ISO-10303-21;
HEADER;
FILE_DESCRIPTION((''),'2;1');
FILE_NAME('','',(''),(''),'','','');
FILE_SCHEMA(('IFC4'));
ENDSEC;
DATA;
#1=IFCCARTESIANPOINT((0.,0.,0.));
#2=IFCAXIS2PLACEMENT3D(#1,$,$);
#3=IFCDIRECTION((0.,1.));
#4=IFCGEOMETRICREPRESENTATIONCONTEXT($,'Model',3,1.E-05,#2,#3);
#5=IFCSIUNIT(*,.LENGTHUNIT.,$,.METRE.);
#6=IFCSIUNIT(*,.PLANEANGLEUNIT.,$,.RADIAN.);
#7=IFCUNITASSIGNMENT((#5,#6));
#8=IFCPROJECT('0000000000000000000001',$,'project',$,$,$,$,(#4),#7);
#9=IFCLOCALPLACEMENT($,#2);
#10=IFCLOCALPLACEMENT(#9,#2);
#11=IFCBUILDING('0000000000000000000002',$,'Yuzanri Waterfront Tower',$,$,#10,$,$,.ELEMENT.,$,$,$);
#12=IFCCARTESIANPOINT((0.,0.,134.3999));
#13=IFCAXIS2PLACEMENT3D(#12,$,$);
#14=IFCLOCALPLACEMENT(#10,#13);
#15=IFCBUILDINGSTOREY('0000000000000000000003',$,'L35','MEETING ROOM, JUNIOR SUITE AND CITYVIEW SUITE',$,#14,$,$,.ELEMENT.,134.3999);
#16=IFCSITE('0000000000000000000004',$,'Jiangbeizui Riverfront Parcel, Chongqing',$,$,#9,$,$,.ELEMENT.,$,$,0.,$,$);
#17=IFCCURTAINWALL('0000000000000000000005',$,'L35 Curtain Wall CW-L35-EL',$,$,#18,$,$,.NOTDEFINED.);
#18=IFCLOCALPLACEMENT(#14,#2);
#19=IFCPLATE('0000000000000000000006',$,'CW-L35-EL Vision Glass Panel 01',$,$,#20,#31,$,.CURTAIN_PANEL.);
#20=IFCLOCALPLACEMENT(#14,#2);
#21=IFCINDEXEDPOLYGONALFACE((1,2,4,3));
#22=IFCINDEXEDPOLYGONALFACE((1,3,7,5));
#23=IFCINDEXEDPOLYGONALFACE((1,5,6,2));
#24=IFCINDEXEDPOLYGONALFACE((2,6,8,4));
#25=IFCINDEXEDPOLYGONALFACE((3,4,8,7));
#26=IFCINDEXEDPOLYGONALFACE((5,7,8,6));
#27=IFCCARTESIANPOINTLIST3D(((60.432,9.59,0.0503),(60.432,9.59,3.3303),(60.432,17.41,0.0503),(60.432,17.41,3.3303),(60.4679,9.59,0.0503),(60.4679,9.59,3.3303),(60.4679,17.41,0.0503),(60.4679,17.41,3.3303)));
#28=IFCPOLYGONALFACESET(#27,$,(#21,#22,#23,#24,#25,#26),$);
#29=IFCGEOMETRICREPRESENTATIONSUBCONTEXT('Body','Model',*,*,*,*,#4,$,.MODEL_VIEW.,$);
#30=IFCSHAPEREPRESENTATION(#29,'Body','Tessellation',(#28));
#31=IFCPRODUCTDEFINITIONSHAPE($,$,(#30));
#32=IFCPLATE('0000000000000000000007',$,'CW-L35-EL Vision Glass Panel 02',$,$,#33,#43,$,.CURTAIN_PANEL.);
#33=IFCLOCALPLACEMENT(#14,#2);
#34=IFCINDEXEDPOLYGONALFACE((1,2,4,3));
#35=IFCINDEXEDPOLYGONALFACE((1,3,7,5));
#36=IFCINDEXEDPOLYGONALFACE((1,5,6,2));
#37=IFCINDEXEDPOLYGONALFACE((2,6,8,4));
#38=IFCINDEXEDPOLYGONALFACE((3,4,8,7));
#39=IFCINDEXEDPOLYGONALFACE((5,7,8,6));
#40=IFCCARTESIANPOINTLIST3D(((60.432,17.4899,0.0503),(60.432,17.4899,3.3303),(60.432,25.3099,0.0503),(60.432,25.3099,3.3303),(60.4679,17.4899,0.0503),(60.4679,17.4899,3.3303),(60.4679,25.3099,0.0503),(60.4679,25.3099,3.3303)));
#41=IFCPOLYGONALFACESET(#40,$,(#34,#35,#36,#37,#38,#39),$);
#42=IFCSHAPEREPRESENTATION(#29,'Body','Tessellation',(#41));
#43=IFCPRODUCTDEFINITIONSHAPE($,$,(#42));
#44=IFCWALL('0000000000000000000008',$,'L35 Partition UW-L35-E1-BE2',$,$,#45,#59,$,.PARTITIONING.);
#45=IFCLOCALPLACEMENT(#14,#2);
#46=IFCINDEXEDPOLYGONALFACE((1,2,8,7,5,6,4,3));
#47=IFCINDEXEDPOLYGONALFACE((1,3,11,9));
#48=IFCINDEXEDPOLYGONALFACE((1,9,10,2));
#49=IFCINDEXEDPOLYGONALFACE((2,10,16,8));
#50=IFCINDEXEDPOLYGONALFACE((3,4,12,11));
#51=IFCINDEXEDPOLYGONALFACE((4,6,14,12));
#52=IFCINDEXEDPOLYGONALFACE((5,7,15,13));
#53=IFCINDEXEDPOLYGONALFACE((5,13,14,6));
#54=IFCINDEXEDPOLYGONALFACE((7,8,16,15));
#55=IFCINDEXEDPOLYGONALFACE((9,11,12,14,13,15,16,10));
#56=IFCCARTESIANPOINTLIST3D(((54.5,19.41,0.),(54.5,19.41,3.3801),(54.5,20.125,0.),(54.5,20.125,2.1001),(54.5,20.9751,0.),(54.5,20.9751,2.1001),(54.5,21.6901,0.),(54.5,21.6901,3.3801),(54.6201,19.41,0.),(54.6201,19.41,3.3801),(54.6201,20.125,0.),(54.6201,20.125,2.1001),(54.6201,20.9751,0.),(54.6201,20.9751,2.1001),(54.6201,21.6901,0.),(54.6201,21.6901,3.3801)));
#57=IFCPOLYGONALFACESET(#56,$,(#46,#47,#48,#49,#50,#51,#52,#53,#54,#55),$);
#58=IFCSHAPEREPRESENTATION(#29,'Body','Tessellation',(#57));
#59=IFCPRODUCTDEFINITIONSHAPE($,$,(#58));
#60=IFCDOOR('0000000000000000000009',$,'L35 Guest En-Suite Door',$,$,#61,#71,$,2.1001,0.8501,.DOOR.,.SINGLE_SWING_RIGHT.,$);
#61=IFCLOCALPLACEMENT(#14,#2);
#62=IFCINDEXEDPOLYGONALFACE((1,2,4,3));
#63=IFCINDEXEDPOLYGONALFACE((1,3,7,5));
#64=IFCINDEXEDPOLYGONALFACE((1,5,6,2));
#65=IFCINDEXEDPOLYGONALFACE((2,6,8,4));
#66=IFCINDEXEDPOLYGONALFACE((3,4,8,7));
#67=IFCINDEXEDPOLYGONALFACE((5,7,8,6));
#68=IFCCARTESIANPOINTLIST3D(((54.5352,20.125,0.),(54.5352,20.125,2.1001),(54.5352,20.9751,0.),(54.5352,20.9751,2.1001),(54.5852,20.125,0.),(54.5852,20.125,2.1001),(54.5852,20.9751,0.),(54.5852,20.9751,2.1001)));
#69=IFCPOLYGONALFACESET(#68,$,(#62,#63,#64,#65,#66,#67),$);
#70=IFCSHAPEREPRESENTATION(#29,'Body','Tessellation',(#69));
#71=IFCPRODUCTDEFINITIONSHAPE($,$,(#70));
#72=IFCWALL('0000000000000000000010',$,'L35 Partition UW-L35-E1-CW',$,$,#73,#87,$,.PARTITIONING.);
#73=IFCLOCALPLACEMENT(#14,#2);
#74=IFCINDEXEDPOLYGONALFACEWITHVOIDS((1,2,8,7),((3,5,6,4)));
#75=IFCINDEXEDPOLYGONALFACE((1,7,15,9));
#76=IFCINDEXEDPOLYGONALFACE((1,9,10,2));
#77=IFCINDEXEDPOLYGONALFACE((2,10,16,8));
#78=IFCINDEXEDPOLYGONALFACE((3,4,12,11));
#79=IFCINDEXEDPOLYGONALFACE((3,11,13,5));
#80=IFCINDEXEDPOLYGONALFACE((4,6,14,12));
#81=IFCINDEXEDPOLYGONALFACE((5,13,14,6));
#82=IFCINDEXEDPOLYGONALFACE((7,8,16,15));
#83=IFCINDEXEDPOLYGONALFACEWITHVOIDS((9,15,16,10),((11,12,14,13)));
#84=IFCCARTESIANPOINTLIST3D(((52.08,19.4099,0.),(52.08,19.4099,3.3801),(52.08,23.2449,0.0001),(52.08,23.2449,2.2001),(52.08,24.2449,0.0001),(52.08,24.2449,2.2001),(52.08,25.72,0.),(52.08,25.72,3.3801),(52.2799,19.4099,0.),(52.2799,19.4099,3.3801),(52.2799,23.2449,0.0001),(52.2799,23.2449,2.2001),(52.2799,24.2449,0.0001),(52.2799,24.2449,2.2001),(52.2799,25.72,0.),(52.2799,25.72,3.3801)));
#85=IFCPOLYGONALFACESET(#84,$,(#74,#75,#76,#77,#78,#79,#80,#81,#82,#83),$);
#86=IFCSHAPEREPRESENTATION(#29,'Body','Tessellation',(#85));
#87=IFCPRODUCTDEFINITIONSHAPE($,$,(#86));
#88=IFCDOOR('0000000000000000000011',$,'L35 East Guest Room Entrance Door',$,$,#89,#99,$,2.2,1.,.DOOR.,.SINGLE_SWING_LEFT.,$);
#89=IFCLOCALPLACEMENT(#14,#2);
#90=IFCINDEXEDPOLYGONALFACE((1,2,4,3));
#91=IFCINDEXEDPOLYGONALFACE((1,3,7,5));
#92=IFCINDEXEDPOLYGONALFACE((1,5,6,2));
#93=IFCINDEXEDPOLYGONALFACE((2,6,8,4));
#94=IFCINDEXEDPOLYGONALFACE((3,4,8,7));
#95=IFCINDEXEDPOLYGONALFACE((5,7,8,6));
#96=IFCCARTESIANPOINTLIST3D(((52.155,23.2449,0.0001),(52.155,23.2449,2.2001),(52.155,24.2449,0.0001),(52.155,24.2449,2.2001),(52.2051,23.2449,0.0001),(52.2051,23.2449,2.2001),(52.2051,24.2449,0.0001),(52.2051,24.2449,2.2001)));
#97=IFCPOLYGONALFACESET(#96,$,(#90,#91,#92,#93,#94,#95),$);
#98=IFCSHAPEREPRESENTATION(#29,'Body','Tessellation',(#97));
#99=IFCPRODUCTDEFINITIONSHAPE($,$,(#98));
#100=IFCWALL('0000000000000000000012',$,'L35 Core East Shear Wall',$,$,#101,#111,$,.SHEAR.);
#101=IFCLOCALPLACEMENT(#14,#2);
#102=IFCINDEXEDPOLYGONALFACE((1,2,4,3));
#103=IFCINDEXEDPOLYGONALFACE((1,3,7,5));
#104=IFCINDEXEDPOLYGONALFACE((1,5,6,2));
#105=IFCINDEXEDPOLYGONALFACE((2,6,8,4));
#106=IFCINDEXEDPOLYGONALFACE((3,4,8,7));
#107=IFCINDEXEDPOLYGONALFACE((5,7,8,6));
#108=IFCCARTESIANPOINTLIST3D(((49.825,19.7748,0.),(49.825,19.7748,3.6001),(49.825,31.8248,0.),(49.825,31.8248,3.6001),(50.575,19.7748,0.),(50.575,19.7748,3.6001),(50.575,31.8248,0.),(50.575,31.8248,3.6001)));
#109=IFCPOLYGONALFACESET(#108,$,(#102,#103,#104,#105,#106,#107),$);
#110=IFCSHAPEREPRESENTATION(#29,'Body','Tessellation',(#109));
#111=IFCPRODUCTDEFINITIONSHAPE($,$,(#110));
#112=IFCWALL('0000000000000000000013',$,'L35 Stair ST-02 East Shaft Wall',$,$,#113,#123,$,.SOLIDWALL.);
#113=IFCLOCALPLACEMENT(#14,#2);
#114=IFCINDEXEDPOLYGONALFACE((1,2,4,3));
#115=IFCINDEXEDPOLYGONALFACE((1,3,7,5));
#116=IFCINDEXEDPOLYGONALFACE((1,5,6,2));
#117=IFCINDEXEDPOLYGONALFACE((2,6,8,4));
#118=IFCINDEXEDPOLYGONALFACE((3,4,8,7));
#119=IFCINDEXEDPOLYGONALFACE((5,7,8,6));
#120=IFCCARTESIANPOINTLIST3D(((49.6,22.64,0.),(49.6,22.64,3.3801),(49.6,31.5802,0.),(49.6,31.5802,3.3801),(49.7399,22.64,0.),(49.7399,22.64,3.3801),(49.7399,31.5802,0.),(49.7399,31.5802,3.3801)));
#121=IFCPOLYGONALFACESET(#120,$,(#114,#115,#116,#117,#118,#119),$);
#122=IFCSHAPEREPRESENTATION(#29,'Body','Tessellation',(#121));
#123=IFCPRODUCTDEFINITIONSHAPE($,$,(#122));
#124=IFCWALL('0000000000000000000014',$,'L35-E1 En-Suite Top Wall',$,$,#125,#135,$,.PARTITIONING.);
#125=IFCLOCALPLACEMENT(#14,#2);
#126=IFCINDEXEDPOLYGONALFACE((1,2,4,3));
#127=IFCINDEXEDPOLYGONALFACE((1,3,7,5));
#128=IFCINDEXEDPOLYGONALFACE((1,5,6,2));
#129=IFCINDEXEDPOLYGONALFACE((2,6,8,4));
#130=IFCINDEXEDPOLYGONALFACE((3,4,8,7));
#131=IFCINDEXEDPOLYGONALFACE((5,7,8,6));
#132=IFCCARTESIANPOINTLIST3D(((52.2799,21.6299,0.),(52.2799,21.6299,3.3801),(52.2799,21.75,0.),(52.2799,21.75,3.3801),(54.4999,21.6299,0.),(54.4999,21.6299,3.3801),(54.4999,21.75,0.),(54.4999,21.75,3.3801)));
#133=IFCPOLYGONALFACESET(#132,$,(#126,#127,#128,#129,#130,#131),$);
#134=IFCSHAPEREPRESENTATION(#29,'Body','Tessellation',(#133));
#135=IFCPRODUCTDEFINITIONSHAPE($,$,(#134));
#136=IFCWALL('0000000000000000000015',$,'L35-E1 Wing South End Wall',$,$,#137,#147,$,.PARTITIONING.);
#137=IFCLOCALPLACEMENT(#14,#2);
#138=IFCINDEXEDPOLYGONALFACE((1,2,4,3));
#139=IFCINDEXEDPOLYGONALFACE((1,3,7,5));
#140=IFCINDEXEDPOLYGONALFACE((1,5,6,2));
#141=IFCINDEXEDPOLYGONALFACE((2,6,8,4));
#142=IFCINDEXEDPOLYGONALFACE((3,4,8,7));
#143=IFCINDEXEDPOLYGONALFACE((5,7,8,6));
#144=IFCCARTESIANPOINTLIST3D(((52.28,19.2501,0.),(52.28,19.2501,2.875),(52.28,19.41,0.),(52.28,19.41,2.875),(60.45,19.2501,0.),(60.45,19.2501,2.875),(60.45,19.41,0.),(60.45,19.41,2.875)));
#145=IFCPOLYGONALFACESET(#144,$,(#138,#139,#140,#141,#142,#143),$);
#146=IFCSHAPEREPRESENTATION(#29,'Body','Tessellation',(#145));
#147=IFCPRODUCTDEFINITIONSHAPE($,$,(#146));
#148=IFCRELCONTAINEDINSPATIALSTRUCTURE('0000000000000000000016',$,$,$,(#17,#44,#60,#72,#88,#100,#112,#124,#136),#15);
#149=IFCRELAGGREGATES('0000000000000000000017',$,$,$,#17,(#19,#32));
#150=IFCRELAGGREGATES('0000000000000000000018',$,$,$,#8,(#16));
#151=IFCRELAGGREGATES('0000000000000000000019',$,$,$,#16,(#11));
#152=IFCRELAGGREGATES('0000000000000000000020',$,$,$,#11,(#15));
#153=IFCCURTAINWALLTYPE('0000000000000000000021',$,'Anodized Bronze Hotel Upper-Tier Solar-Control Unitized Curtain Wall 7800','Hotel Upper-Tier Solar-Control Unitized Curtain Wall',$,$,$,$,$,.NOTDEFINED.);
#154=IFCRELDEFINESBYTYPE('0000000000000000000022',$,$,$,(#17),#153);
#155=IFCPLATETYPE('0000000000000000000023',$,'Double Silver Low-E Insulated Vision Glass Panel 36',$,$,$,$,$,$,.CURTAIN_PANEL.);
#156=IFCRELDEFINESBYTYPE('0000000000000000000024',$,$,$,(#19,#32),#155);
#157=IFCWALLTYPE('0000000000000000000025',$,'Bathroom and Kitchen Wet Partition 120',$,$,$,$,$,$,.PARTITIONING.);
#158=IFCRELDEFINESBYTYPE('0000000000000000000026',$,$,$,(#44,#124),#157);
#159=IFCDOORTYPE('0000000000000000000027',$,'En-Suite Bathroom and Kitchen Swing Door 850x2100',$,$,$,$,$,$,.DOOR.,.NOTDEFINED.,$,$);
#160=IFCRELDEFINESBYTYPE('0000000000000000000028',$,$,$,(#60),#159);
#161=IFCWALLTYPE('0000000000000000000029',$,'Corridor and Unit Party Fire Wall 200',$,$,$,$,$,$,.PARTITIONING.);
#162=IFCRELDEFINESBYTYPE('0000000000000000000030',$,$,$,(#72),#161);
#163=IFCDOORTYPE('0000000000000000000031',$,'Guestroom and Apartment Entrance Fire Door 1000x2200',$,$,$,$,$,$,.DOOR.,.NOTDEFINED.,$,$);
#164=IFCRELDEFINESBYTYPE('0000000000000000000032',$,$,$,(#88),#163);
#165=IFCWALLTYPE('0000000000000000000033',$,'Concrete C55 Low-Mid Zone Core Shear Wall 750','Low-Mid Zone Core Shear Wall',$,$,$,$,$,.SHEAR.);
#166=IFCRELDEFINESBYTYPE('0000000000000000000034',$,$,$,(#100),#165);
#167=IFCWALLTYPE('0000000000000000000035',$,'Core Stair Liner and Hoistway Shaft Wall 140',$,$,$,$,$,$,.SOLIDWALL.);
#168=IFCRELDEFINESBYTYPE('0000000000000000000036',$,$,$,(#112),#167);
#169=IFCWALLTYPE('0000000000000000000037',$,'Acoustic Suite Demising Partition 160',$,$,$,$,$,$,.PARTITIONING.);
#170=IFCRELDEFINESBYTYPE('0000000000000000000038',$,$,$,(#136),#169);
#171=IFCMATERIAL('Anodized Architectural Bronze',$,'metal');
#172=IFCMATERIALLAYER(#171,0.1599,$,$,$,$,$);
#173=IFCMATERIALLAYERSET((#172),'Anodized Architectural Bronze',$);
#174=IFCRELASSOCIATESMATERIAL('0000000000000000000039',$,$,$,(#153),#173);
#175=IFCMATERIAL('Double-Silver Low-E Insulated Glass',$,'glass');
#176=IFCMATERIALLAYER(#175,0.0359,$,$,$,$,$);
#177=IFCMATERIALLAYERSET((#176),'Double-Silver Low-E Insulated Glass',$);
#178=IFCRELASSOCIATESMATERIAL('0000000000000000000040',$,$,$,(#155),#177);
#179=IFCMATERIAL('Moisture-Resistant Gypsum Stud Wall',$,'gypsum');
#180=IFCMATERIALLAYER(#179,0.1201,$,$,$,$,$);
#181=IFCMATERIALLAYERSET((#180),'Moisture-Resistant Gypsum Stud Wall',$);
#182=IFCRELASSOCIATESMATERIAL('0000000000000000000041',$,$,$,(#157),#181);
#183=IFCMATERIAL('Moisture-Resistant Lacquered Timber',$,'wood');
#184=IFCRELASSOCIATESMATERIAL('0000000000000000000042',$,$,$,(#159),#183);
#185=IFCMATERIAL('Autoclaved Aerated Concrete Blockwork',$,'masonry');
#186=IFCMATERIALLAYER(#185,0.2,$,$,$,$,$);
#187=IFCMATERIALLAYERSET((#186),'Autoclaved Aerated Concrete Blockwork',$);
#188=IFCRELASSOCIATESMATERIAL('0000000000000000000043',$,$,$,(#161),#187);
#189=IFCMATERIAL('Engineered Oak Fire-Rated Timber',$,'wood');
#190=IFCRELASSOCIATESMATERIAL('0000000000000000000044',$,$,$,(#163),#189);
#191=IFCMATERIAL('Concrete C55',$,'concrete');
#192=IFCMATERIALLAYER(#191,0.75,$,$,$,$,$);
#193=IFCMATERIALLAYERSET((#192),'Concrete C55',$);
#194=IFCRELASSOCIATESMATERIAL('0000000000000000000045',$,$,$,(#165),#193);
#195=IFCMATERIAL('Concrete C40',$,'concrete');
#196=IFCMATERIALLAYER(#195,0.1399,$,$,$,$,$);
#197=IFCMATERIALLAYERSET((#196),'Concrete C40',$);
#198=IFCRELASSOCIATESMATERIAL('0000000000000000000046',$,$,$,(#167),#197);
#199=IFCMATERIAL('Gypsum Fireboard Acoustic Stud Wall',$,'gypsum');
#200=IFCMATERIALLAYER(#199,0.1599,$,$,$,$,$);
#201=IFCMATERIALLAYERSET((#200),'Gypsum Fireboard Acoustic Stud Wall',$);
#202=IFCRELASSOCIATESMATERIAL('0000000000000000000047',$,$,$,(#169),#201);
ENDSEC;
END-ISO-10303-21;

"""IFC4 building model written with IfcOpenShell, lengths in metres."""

from ifc_helpers import new_model, si_unit, direction, frame, frame_2d, origin, origin_2d, place, context, subcontext, project, spatial, rectangle, extrude, source, transform, mapped, material, layer, layer_set, type_object, element, fill, aggregate, save


model = new_model("IFC4")

# Units and contexts
model_context = context("Model", 3, precision=1e-05, world=origin(), true_north=direction((0.0, 1.0)))
body_context = subcontext(model_context, "Body", "Model", "MODEL_VIEW")
ifc_project = project(units=[si_unit("LENGTHUNIT", "METRE"), si_unit("PLANEANGLEUNIT", "RADIAN")], contexts=[model_context])

# Site, building, storey
site_placement = place(None, origin())
site = spatial("IfcSite", under=ifc_project, at=site_placement, Name="Jiangbeizui Riverfront Parcel, Chongqing", CompositionType="ELEMENT", RefElevation=0.0)
building_placement = place(site_placement, origin())
building = spatial("IfcBuilding", under=site, at=building_placement, Name="Yuzanri Waterfront Tower", CompositionType="ELEMENT")
storey_placement = place(building_placement, frame((0.0, 0.0, 134.3999)))
storey = spatial("IfcBuildingStorey", under=building, at=storey_placement, Name="L35", Description="MEETING ROOM, JUNIOR SUITE AND CITYVIEW SUITE", CompositionType="ELEMENT", Elevation=134.3999)

# Curtain wall, plates
ifc_material_1 = material(Name="Anodized Architectural Bronze", Category="metal")
ifc_layer_1 = layer(ifc_material_1, 0.1599)
ifc_layer_set_1 = layer_set([ifc_layer_1], Name="Anodized Architectural Bronze")
curtain_wall_type = type_object("IfcCurtainWallType", Name="Anodized Bronze Hotel Upper-Tier Solar-Control Unitized Curtain Wall 7800", Description="Hotel Upper-Tier Solar-Control Unitized Curtain Wall", PredefinedType="NOTDEFINED", material=ifc_layer_set_1)
curtain_wall_placement = place(storey_placement, origin())
curtain_wall = element("IfcCurtainWall", 1, at=curtain_wall_placement, inside=storey, type_object=curtain_wall_type, Name="L35 Curtain Wall CW-L35-EL", PredefinedType="NOTDEFINED")
ifc_material_2 = material(Name="Double-Silver Low-E Insulated Glass", Category="glass")
ifc_layer_2 = layer(ifc_material_2, 0.0359)
ifc_layer_set_2 = layer_set([ifc_layer_2], Name="Double-Silver Low-E Insulated Glass")
plate_type = type_object("IfcPlateType", Name="Double Silver Low-E Insulated Vision Glass Panel 36", PredefinedType="CURTAIN_PANEL", material=ifc_layer_set_2)
shared_shape_1 = source(origin(), body_context, "Body", "SweptSolid", [
    extrude(rectangle(XDim=7.8201, YDim=0.0359, at=origin_2d()), origin(), (0.0, 0.0, 1.0), 3.28),
])
plate_1_placement = place(storey_placement, frame((60.45, 13.5, 0.0503), z_axis=(0.0, 0.0, 1.0), x_axis=(0.0, 1.0, 0.0)))
plate_1 = element("IfcPlate", 2, at=plate_1_placement, type_object=plate_type, Name="CW-L35-EL Vision Glass Panel 01", PredefinedType="CURTAIN_PANEL", context=body_context, shape_type="MappedRepresentation", body=[
    mapped(shared_shape_1, transform((0.0, 0.0, 0.0), scale=1.0)),
])
plate_2_placement = place(storey_placement, frame((60.45, 21.3999, 0.0503), z_axis=(0.0, 0.0, 1.0), x_axis=(0.0, 1.0, 0.0)))
plate_2 = element("IfcPlate", 3, at=plate_2_placement, type_object=plate_type, Name="CW-L35-EL Vision Glass Panel 02", PredefinedType="CURTAIN_PANEL", context=body_context, shape_type="MappedRepresentation", body=[
    mapped(shared_shape_1, transform((0.0, 0.0, 0.0), scale=1.0)),
])
aggregate(curtain_wall, [plate_1, plate_2])

# Walls, openings, doors
ifc_material_3 = material(Name="Moisture-Resistant Gypsum Stud Wall", Category="gypsum")
ifc_layer_3 = layer(ifc_material_3, 0.1201)
ifc_layer_set_3 = layer_set([ifc_layer_3], Name="Moisture-Resistant Gypsum Stud Wall")
wall_type_1 = type_object("IfcWallType", Name="Bathroom and Kitchen Wet Partition 120", PredefinedType="PARTITIONING", material=ifc_layer_set_3)
wall_1_placement = place(storey_placement, frame((54.5601, 19.4099, 0.0), z_axis=(0.0, 0.0, 1.0), x_axis=(0.0, 1.0, 0.0)))
wall_1 = element("IfcWall", 4, at=wall_1_placement, inside=storey, type_object=wall_type_1, Name="L35 Partition UW-L35-E1-BE2", PredefinedType="PARTITIONING", context=body_context, shape_type="SweptSolid", body=[
    extrude(rectangle(XDim=2.28, YDim=0.1201, at=frame_2d((1.1401, 0.0))), origin(), (0.0, 0.0, 1.0), 3.3801),
])
opening_1_placement = place(wall_1_placement, frame((0.7151, 0.0, 0.0)))
opening_1 = element("IfcOpeningElement", 5, at=opening_1_placement, cuts=wall_1, PredefinedType="OPENING", context=body_context, shape_type="SweptSolid", body=[
    extrude(rectangle(XDim=0.8501, YDim=2.1001, at=frame_2d((0.425, 1.05))), frame((0.0, 0.075, 0.0), z_axis=(0.0, -1.0, 0.0), x_axis=(1.0, 0.0, 0.0)), (0.0, 0.0, 1.0), 0.1499),
])
ifc_material_4 = material(Name="Moisture-Resistant Lacquered Timber", Category="wood")
door_type_1 = type_object("IfcDoorType", Name="En-Suite Bathroom and Kitchen Swing Door 850x2100", OperationType="NOTDEFINED", PredefinedType="DOOR", material=ifc_material_4)
shared_shape_2 = source(origin(), body_context, "Body", "SweptSolid", [
    extrude(rectangle(XDim=0.8501, YDim=2.1001, at=frame_2d((0.425, 1.05))), frame((0.0, 0.0249, 0.0), z_axis=(0.0, -1.0, 0.0), x_axis=(1.0, 0.0, 0.0)), (0.0, 0.0, 1.0), 0.05),
])
door_1_placement = place(opening_1_placement, origin())
door_1 = element("IfcDoor", 6, at=door_1_placement, inside=storey, type_object=door_type_1, Name="L35 Guest En-Suite Door", OperationType="SINGLE_SWING_RIGHT", OverallHeight=2.1001, OverallWidth=0.8501, PredefinedType="DOOR", context=body_context, shape_type="MappedRepresentation", body=[
    mapped(shared_shape_2, transform((0.0, 0.0, 0.0), scale=1.0)),
])
fill(opening_1, door_1)
ifc_material_5 = material(Name="Autoclaved Aerated Concrete Blockwork", Category="masonry")
ifc_layer_4 = layer(ifc_material_5, 0.2)
ifc_layer_set_4 = layer_set([ifc_layer_4], Name="Autoclaved Aerated Concrete Blockwork")
wall_type_2 = type_object("IfcWallType", Name="Corridor and Unit Party Fire Wall 200", PredefinedType="PARTITIONING", material=ifc_layer_set_4)
wall_2_placement = place(storey_placement, frame((52.1799, 19.4099, 0.0), z_axis=(0.0, 0.0, 1.0), x_axis=(0.0, 1.0, 0.0)))
wall_2 = element("IfcWall", 7, at=wall_2_placement, inside=storey, type_object=wall_type_2, Name="L35 Partition UW-L35-E1-CW", PredefinedType="PARTITIONING", context=body_context, shape_type="SweptSolid", body=[
    extrude(rectangle(XDim=6.3101, YDim=0.2, at=frame_2d((3.155, 0.0))), origin(), (0.0, 0.0, 1.0), 3.3801),
])
opening_2_placement = place(wall_2_placement, frame((3.835, 0.0, 0.0)))
opening_2 = element("IfcOpeningElement", 8, at=opening_2_placement, cuts=wall_2, PredefinedType="OPENING", context=body_context, shape_type="SweptSolid", body=[
    extrude(rectangle(XDim=1.0, YDim=2.2, at=frame_2d((0.5, 1.1001))), frame((0.0, 0.1147, 0.0), z_axis=(0.0, -1.0, 0.0), x_axis=(1.0, 0.0, 0.0)), (0.0, 0.0, 1.0), 0.2297),
])
ifc_material_6 = material(Name="Engineered Oak Fire-Rated Timber", Category="wood")
door_type_2 = type_object("IfcDoorType", Name="Guestroom and Apartment Entrance Fire Door 1000x2200", OperationType="NOTDEFINED", PredefinedType="DOOR", material=ifc_material_6)
shared_shape_3 = source(origin(), body_context, "Body", "SweptSolid", [
    extrude(rectangle(XDim=1.0, YDim=2.2, at=frame_2d((0.5, 1.1001))), frame((0.0, 0.0249, 0.0), z_axis=(0.0, -1.0, 0.0), x_axis=(1.0, 0.0, 0.0)), (0.0, 0.0, 1.0), 0.05),
])
door_2_placement = place(opening_2_placement, origin())
door_2 = element("IfcDoor", 9, at=door_2_placement, inside=storey, type_object=door_type_2, Name="L35 East Guest Room Entrance Door", OperationType="SINGLE_SWING_LEFT", OverallHeight=2.2, OverallWidth=1.0, PredefinedType="DOOR", context=body_context, shape_type="MappedRepresentation", body=[
    mapped(shared_shape_3, transform((0.0, 0.0, 0.0), scale=1.0)),
])
fill(opening_2, door_2)

# Walls
ifc_material_7 = material(Name="Concrete C55", Category="concrete")
ifc_layer_5 = layer(ifc_material_7, 0.75)
ifc_layer_set_5 = layer_set([ifc_layer_5], Name="Concrete C55")
wall_type_3 = type_object("IfcWallType", Name="Concrete C55 Low-Mid Zone Core Shear Wall 750", Description="Low-Mid Zone Core Shear Wall", PredefinedType="SHEAR", material=ifc_layer_set_5)
shared_shape_4 = source(origin(), body_context, "Body", "SweptSolid", [
    extrude(rectangle(XDim=12.05, YDim=0.75, at=frame_2d((6.0249, 0.0))), origin(), (0.0, 0.0, 1.0), 3.6001),
])
wall_3_placement = place(storey_placement, frame((50.2, 19.7749, 0.0), z_axis=(0.0, 0.0, 1.0), x_axis=(0.0, 1.0, 0.0)))
element("IfcWall", 10, at=wall_3_placement, inside=storey, type_object=wall_type_3, Name="L35 Core East Shear Wall", PredefinedType="SHEAR", context=body_context, shape_type="MappedRepresentation", body=[
    mapped(shared_shape_4, transform((0.0, 0.0, 0.0), scale=1.0)),
])
ifc_material_8 = material(Name="Concrete C40", Category="concrete")
ifc_layer_6 = layer(ifc_material_8, 0.1399)
ifc_layer_set_6 = layer_set([ifc_layer_6], Name="Concrete C40")
wall_type_4 = type_object("IfcWallType", Name="Core Stair Liner and Hoistway Shaft Wall 140", PredefinedType="SOLIDWALL", material=ifc_layer_set_6)
shared_shape_5 = source(origin(), body_context, "Body", "SweptSolid", [
    extrude(rectangle(XDim=8.9402, YDim=0.1399, at=frame_2d((4.4702, 0.0))), origin(), (0.0, 0.0, 1.0), 3.3801),
])
wall_4_placement = place(storey_placement, frame((49.6699, 22.6399, 0.0), z_axis=(0.0, 0.0, 1.0), x_axis=(0.0, 1.0, 0.0)))
element("IfcWall", 11, at=wall_4_placement, inside=storey, type_object=wall_type_4, Name="L35 Stair ST-02 East Shaft Wall", PredefinedType="SOLIDWALL", context=body_context, shape_type="MappedRepresentation", body=[
    mapped(shared_shape_5, transform((0.0, 0.0, 0.0), scale=1.0)),
])
shared_shape_6 = source(origin(), body_context, "Body", "SweptSolid", [
    extrude(rectangle(XDim=2.22, YDim=0.1201, at=frame_2d((1.1099, 0.0))), origin(), (0.0, 0.0, 1.0), 3.3801),
])
wall_5_placement = place(storey_placement, frame((52.28, 21.6899, 0.0), z_axis=(0.0, 0.0, 1.0), x_axis=(1.0, 0.0, 0.0)))
element("IfcWall", 12, at=wall_5_placement, inside=storey, type_object=wall_type_1, Name="L35-E1 En-Suite Top Wall", PredefinedType="PARTITIONING", context=body_context, shape_type="MappedRepresentation", body=[
    mapped(shared_shape_6, transform((0.0, 0.0, 0.0), scale=1.0)),
])
ifc_material_9 = material(Name="Gypsum Fireboard Acoustic Stud Wall", Category="gypsum")
ifc_layer_7 = layer(ifc_material_9, 0.1599)
ifc_layer_set_7 = layer_set([ifc_layer_7], Name="Gypsum Fireboard Acoustic Stud Wall")
wall_type_5 = type_object("IfcWallType", Name="Acoustic Suite Demising Partition 160", PredefinedType="PARTITIONING", material=ifc_layer_set_7)
shared_shape_7 = source(origin(), body_context, "Body", "SweptSolid", [
    extrude(rectangle(XDim=8.1699, YDim=0.1599, at=frame_2d((4.085, 0.0))), origin(), (0.0, 0.0, 1.0), 2.875),
])
wall_6_placement = place(storey_placement, frame((52.28, 19.3301, 0.0), z_axis=(0.0, 0.0, 1.0), x_axis=(1.0, 0.0, 0.0)))
element("IfcWall", 13, at=wall_6_placement, inside=storey, type_object=wall_type_5, Name="L35-E1 Wing South End Wall", PredefinedType="PARTITIONING", context=body_context, shape_type="MappedRepresentation", body=[
    mapped(shared_shape_7, transform((0.0, 0.0, 0.0), scale=1.0)),
])

save(model, "model.ifc")
